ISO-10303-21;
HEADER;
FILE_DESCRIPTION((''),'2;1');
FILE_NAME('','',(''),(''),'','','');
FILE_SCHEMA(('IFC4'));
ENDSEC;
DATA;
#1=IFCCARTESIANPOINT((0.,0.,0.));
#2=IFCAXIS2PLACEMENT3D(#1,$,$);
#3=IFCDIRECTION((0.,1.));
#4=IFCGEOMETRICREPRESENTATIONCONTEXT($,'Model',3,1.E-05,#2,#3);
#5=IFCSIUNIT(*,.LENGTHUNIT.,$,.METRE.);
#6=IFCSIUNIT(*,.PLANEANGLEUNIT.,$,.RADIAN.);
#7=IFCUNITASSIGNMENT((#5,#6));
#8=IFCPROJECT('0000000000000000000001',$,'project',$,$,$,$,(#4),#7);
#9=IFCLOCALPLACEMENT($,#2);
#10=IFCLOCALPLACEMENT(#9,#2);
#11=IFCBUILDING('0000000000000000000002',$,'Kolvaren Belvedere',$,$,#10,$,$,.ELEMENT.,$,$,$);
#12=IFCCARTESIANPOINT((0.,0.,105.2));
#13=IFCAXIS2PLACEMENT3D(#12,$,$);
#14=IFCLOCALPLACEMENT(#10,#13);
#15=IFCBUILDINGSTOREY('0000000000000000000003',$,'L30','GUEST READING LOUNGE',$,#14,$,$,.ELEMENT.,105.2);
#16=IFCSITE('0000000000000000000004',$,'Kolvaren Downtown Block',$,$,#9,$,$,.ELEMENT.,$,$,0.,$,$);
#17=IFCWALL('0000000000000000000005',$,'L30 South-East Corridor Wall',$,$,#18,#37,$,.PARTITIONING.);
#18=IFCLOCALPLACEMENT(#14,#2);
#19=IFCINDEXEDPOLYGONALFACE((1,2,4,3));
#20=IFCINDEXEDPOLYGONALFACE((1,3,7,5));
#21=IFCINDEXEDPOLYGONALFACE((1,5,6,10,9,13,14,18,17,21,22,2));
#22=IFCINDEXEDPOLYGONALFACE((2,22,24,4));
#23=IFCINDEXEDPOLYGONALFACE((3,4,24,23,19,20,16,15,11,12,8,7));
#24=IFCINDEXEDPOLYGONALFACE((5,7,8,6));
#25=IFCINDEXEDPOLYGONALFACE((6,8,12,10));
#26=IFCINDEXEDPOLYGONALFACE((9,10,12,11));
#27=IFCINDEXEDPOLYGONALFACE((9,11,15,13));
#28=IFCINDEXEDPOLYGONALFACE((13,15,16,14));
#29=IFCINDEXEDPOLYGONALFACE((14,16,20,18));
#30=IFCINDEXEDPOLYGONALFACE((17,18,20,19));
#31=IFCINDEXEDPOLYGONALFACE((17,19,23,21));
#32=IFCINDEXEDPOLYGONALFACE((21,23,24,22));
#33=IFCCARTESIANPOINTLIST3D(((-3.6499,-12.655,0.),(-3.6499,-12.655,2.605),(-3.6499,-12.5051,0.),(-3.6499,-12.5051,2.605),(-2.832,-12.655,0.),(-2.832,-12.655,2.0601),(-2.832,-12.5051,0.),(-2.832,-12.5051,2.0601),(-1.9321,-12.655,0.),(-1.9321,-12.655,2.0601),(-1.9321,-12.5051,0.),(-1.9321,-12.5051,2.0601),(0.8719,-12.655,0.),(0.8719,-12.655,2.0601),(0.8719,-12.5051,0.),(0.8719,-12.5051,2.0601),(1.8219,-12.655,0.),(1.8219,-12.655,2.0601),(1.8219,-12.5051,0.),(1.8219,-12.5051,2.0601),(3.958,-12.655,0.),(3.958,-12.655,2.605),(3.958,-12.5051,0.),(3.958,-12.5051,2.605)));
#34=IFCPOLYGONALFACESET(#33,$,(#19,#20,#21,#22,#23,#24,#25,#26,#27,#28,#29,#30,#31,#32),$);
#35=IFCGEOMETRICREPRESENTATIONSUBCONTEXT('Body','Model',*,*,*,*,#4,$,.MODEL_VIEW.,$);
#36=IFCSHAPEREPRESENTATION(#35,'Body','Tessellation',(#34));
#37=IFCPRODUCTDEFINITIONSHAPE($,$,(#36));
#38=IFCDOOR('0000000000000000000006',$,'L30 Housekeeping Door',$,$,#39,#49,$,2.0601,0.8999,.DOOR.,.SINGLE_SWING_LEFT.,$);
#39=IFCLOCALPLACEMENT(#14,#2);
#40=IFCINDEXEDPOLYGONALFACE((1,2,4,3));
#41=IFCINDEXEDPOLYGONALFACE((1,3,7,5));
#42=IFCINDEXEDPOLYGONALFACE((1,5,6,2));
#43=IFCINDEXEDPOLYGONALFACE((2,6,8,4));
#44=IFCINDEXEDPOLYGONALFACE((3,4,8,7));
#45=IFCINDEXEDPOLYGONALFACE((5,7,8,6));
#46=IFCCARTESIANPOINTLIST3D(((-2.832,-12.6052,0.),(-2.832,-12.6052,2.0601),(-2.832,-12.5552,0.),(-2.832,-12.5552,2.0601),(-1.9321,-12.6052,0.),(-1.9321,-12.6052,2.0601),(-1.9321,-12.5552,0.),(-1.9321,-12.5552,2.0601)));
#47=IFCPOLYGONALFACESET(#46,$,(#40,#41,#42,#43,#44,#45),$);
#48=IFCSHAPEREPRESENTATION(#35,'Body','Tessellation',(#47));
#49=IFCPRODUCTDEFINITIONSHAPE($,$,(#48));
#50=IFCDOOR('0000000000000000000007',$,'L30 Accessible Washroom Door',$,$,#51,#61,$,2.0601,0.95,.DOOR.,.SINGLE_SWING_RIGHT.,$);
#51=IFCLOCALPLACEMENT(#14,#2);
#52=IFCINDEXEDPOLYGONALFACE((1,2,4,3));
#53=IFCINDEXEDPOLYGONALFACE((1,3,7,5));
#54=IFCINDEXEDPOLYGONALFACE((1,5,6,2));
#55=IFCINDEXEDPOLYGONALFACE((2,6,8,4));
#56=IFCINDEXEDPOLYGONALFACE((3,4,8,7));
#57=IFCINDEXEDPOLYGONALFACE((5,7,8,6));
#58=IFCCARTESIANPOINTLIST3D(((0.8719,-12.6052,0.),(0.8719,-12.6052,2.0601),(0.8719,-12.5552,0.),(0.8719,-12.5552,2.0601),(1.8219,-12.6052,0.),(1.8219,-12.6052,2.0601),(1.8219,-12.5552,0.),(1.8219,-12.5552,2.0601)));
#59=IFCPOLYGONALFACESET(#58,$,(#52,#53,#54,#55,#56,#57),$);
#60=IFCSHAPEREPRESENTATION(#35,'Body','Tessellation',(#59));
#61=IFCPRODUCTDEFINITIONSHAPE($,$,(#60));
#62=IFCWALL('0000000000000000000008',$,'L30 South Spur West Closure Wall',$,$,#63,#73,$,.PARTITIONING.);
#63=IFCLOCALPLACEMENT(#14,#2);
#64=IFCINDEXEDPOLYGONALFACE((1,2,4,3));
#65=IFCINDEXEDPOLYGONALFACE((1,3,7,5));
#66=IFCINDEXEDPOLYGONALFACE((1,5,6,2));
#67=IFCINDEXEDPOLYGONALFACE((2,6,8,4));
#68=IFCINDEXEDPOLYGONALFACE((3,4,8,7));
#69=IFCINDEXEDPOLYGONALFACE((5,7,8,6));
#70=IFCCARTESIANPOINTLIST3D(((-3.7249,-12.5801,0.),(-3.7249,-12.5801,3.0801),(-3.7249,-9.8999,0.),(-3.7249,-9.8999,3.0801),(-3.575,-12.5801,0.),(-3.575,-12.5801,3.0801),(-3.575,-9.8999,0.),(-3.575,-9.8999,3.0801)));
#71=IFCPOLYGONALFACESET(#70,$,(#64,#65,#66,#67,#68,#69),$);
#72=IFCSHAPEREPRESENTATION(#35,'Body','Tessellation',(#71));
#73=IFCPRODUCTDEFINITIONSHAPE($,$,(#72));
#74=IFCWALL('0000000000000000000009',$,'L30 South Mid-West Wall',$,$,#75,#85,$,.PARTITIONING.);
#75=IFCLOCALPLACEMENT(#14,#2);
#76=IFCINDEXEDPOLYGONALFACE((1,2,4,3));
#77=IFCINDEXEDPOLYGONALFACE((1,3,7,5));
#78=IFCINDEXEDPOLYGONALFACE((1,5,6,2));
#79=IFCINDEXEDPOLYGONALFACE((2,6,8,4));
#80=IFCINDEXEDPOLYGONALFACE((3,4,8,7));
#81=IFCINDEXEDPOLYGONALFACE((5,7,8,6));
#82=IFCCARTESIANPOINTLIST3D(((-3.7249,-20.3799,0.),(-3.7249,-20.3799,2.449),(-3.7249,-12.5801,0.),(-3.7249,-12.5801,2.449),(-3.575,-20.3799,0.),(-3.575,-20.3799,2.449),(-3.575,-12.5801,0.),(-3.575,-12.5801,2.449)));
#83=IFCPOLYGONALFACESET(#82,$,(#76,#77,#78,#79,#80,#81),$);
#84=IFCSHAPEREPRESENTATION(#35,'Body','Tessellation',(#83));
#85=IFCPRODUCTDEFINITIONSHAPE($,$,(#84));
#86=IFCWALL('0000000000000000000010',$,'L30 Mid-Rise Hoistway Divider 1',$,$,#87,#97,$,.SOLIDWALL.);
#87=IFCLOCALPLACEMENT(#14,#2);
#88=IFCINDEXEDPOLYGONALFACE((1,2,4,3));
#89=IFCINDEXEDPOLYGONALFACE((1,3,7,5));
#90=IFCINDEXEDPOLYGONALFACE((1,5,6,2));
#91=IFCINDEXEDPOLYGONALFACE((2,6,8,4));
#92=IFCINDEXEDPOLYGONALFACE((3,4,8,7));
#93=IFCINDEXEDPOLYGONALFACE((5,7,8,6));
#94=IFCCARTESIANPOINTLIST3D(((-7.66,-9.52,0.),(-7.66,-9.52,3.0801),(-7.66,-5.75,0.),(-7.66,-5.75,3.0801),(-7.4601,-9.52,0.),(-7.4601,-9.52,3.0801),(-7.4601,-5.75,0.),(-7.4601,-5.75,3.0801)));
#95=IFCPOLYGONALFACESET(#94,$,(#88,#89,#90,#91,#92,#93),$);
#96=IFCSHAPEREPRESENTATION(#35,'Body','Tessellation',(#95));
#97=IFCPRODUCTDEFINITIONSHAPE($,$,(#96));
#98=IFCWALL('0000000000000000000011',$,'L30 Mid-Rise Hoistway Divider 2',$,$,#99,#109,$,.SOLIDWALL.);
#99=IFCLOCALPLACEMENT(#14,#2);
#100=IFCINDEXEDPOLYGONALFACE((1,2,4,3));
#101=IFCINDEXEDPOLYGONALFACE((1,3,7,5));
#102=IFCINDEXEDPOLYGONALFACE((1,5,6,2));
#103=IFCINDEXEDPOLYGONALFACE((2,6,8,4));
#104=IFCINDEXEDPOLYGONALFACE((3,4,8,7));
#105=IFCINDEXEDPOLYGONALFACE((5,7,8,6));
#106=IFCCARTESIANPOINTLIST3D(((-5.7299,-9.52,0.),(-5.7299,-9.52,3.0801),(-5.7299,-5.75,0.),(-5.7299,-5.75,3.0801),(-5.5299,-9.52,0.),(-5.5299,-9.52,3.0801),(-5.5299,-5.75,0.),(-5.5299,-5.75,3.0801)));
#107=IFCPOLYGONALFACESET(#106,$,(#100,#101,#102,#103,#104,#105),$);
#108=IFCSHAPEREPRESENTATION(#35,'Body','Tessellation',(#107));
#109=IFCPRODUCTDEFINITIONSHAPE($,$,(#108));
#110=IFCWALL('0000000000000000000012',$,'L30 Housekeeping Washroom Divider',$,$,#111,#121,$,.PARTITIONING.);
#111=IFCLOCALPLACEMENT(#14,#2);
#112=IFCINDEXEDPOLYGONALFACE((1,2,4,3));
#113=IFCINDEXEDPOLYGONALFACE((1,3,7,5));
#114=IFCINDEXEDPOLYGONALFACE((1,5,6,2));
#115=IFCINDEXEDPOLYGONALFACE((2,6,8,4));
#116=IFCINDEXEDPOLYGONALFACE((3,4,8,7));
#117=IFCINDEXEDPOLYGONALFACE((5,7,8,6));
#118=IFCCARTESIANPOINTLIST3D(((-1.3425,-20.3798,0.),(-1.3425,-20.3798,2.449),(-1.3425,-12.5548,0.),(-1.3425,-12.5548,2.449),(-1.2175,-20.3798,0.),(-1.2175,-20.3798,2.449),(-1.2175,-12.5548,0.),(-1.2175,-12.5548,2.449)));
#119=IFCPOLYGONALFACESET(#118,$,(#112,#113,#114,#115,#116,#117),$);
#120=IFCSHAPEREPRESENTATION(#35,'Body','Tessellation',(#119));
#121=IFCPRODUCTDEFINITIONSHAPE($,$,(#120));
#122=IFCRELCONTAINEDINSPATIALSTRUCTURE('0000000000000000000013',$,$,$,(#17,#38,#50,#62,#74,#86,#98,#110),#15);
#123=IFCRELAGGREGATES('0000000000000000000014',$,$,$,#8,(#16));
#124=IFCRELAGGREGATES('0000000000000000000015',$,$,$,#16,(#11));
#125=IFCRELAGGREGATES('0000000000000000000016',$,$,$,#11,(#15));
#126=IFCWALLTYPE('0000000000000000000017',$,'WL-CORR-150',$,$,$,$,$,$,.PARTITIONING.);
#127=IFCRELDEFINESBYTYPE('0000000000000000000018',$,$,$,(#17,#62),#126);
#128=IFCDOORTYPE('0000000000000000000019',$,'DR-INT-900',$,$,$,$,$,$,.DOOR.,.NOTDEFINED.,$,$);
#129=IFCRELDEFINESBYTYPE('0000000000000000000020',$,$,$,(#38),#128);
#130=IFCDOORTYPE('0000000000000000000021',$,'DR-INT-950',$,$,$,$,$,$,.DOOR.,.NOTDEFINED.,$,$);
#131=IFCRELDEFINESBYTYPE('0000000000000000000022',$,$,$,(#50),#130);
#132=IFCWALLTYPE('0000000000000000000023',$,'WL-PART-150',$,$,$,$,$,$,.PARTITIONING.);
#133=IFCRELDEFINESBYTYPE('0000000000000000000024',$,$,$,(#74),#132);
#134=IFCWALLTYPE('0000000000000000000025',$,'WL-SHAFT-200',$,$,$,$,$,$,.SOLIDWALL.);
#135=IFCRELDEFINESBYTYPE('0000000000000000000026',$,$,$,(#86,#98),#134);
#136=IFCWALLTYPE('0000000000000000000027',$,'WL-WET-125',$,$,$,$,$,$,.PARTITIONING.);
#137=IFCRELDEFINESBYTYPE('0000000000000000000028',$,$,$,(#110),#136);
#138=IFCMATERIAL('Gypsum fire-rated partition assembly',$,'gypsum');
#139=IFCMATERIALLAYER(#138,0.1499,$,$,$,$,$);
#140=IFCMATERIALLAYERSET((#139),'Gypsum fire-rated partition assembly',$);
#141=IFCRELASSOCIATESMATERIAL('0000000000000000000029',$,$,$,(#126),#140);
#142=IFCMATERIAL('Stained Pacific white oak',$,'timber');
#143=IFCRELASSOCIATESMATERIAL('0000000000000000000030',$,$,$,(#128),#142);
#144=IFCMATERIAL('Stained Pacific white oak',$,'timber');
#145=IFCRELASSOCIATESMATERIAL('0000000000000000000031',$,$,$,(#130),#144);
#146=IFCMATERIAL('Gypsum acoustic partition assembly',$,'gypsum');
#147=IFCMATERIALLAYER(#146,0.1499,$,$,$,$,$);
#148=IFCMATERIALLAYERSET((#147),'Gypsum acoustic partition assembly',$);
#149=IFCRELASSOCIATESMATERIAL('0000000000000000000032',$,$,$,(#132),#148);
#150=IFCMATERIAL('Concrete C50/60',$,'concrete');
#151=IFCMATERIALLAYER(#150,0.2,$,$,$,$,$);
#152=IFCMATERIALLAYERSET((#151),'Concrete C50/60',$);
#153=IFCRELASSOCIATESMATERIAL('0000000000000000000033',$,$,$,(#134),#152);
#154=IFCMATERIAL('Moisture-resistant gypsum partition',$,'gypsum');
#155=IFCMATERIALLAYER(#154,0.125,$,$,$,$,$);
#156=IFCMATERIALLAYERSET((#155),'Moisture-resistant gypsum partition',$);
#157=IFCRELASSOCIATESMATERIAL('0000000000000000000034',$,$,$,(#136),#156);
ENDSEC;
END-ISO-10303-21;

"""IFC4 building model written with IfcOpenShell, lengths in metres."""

from ifc_helpers import new_model, si_unit, direction, frame, frame_2d, origin, place, context, subcontext, project, spatial, rectangle, extrude, material, layer, layer_set, type_object, element, fill, save


model = new_model("IFC4")

# Units and contexts
model_context = context("Model", 3, precision=1e-05, world=origin(), true_north=direction((0.0, 1.0)))
body_context = subcontext(model_context, "Body", "Model", "MODEL_VIEW")
ifc_project = project(units=[si_unit("LENGTHUNIT", "METRE"), si_unit("PLANEANGLEUNIT", "RADIAN")], contexts=[model_context])

# Site, building, storey
site_placement = place(None, origin())
site = spatial("IfcSite", under=ifc_project, at=site_placement, Name="Kolvaren Downtown Block", CompositionType="ELEMENT", RefElevation=0.0)
building_placement = place(site_placement, origin())
building = spatial("IfcBuilding", under=site, at=building_placement, Name="Kolvaren Belvedere", CompositionType="ELEMENT")
storey_placement = place(building_placement, frame((0.0, 0.0, 105.2)))
storey = spatial("IfcBuildingStorey", under=building, at=storey_placement, Name="L30", Description="GUEST READING LOUNGE", CompositionType="ELEMENT", Elevation=105.2)

# Wall, openings, doors
ifc_material_1 = material(Name="Gypsum fire-rated partition assembly", Category="gypsum")
ifc_layer_1 = layer(ifc_material_1, 0.1499)
ifc_layer_set_1 = layer_set([ifc_layer_1], Name="Gypsum fire-rated partition assembly")
wall_type_1 = type_object("IfcWallType", Name="WL-CORR-150", PredefinedType="PARTITIONING", material=ifc_layer_set_1)
wall_1_placement = place(storey_placement, frame((-3.6499, -12.5801, 0.0), z_axis=(0.0, 0.0, 1.0), x_axis=(1.0, 0.0, 0.0)))
wall_1 = element("IfcWall", 1, at=wall_1_placement, inside=storey, type_object=wall_type_1, Name="L30 South-East Corridor Wall", PredefinedType="PARTITIONING", context=body_context, shape_type="SweptSolid", body=[
    extrude(rectangle(XDim=7.6079, YDim=0.1499, at=frame_2d((3.804, 0.0))), origin(), (0.0, 0.0, 1.0), 2.605),
])
opening_1_placement = place(wall_1_placement, frame((0.8179, 0.0, 0.0)))
opening_1 = element("IfcOpeningElement", 2, at=opening_1_placement, cuts=wall_1, PredefinedType="OPENING", context=body_context, shape_type="SweptSolid", body=[
    extrude(rectangle(XDim=0.8999, YDim=2.0601, at=frame_2d((0.45, 1.03))), frame((0.0, 0.085, 0.0), z_axis=(0.0, -1.0, 0.0), x_axis=(1.0, 0.0, 0.0)), (0.0, 0.0, 1.0), 0.1699),
])
opening_2_placement = place(wall_1_placement, frame((4.5217, 0.0, 0.0)))
opening_2 = element("IfcOpeningElement", 3, at=opening_2_placement, cuts=wall_1, PredefinedType="OPENING", context=body_context, shape_type="SweptSolid", body=[
    extrude(rectangle(XDim=0.95, YDim=2.0601, at=frame_2d((0.4751, 1.03))), frame((0.0, 0.085, 0.0), z_axis=(0.0, -1.0, 0.0), x_axis=(1.0, 0.0, 0.0)), (0.0, 0.0, 1.0), 0.1699),
])
ifc_material_2 = material(Name="Stained Pacific white oak", Category="timber")
door_type_1 = type_object("IfcDoorType", Name="DR-INT-900", OperationType="NOTDEFINED", PredefinedType="DOOR", material=ifc_material_2)
door_1_placement = place(opening_1_placement, origin())
door_1 = element("IfcDoor", 4, at=door_1_placement, inside=storey, type_object=door_type_1, Name="L30 Housekeeping Door", OperationType="SINGLE_SWING_LEFT", OverallHeight=2.0601, OverallWidth=0.8999, PredefinedType="DOOR", context=body_context, shape_type="SweptSolid", body=[
    extrude(rectangle(XDim=0.8999, YDim=2.0601, at=frame_2d((0.45, 1.03))), frame((0.0, 0.0249, 0.0), z_axis=(0.0, -1.0, 0.0), x_axis=(1.0, 0.0, 0.0)), (0.0, 0.0, 1.0), 0.05),
])
fill(opening_1, door_1)
ifc_material_3 = material(Name="Stained Pacific white oak", Category="timber")
door_type_2 = type_object("IfcDoorType", Name="DR-INT-950", OperationType="NOTDEFINED", PredefinedType="DOOR", material=ifc_material_3)
door_2_placement = place(opening_2_placement, origin())
door_2 = element("IfcDoor", 5, at=door_2_placement, inside=storey, type_object=door_type_2, Name="L30 Accessible Washroom Door", OperationType="SINGLE_SWING_RIGHT", OverallHeight=2.0601, OverallWidth=0.95, PredefinedType="DOOR", context=body_context, shape_type="SweptSolid", body=[
    extrude(rectangle(XDim=0.95, YDim=2.0601, at=frame_2d((0.4751, 1.03))), frame((0.0, 0.0249, 0.0), z_axis=(0.0, -1.0, 0.0), x_axis=(1.0, 0.0, 0.0)), (0.0, 0.0, 1.0), 0.05),
])
fill(opening_2, door_2)

# Walls
wall_2_placement = place(storey_placement, frame((-3.6499, -12.5801, 0.0), z_axis=(0.0, 0.0, 1.0), x_axis=(0.0, 1.0, 0.0)))
element("IfcWall", 6, at=wall_2_placement, inside=storey, type_object=wall_type_1, Name="L30 South Spur West Closure Wall", PredefinedType="PARTITIONING", context=body_context, shape_type="SweptSolid", body=[
    extrude(rectangle(XDim=2.6802, YDim=0.1499, at=frame_2d((1.3401, 0.0))), origin(), (0.0, 0.0, 1.0), 3.0801),
])
ifc_material_4 = material(Name="Gypsum acoustic partition assembly", Category="gypsum")
ifc_layer_2 = layer(ifc_material_4, 0.1499)
ifc_layer_set_2 = layer_set([ifc_layer_2], Name="Gypsum acoustic partition assembly")
wall_type_2 = type_object("IfcWallType", Name="WL-PART-150", PredefinedType="PARTITIONING", material=ifc_layer_set_2)
wall_3_placement = place(storey_placement, frame((-3.6499, -20.3799, 0.0), z_axis=(0.0, 0.0, 1.0), x_axis=(0.0, 1.0, 0.0)))
element("IfcWall", 7, at=wall_3_placement, inside=storey, type_object=wall_type_2, Name="L30 South Mid-West Wall", PredefinedType="PARTITIONING", context=body_context, shape_type="SweptSolid", body=[
    extrude(rectangle(XDim=7.7998, YDim=0.1499, at=frame_2d((3.8999, 0.0))), origin(), (0.0, 0.0, 1.0), 2.449),
])
ifc_material_5 = material(Name="Concrete C50/60", Category="concrete")
ifc_layer_3 = layer(ifc_material_5, 0.2)
ifc_layer_set_3 = layer_set([ifc_layer_3], Name="Concrete C50/60")
wall_type_3 = type_object("IfcWallType", Name="WL-SHAFT-200", PredefinedType="SOLIDWALL", material=ifc_layer_set_3)
for number, where, z_axis, x_axis, name in (
    (8, (-7.5601, -9.52, 0.0), (0.0, 0.0, 1.0), (0.0, 1.0, 0.0), "L30 Mid-Rise Hoistway Divider 1"),
    (9, (-5.6299, -9.52, 0.0), (0.0, 0.0, 1.0), (0.0, 1.0, 0.0), "L30 Mid-Rise Hoistway Divider 2"),
):
    element("IfcWall", number, at=place(storey_placement, frame(where, z_axis=z_axis, x_axis=x_axis)), inside=storey, type_object=wall_type_3, Name=name, PredefinedType="SOLIDWALL", context=body_context, shape_type="SweptSolid", body=[
        extrude(rectangle(XDim=3.77, YDim=0.2, at=frame_2d((1.885, 0.0))), origin(), (0.0, 0.0, 1.0), 3.0801),
    ])
ifc_material_6 = material(Name="Moisture-resistant gypsum partition", Category="gypsum")
ifc_layer_4 = layer(ifc_material_6, 0.125)
ifc_layer_set_4 = layer_set([ifc_layer_4], Name="Moisture-resistant gypsum partition")
wall_type_4 = type_object("IfcWallType", Name="WL-WET-125", PredefinedType="PARTITIONING", material=ifc_layer_set_4)
wall_4_placement = place(storey_placement, frame((-1.28, -20.3799, 0.0), z_axis=(0.0, 0.0, 1.0), x_axis=(0.0, 1.0, 0.0)))
element("IfcWall", 10, at=wall_4_placement, inside=storey, type_object=wall_type_4, Name="L30 Housekeeping Washroom Divider", PredefinedType="PARTITIONING", context=body_context, shape_type="SweptSolid", body=[
    extrude(rectangle(XDim=7.825, YDim=0.125, at=frame_2d((3.9126, 0.0))), origin(), (0.0, 0.0, 1.0), 2.449),
])

save(model, "model.ifc")
